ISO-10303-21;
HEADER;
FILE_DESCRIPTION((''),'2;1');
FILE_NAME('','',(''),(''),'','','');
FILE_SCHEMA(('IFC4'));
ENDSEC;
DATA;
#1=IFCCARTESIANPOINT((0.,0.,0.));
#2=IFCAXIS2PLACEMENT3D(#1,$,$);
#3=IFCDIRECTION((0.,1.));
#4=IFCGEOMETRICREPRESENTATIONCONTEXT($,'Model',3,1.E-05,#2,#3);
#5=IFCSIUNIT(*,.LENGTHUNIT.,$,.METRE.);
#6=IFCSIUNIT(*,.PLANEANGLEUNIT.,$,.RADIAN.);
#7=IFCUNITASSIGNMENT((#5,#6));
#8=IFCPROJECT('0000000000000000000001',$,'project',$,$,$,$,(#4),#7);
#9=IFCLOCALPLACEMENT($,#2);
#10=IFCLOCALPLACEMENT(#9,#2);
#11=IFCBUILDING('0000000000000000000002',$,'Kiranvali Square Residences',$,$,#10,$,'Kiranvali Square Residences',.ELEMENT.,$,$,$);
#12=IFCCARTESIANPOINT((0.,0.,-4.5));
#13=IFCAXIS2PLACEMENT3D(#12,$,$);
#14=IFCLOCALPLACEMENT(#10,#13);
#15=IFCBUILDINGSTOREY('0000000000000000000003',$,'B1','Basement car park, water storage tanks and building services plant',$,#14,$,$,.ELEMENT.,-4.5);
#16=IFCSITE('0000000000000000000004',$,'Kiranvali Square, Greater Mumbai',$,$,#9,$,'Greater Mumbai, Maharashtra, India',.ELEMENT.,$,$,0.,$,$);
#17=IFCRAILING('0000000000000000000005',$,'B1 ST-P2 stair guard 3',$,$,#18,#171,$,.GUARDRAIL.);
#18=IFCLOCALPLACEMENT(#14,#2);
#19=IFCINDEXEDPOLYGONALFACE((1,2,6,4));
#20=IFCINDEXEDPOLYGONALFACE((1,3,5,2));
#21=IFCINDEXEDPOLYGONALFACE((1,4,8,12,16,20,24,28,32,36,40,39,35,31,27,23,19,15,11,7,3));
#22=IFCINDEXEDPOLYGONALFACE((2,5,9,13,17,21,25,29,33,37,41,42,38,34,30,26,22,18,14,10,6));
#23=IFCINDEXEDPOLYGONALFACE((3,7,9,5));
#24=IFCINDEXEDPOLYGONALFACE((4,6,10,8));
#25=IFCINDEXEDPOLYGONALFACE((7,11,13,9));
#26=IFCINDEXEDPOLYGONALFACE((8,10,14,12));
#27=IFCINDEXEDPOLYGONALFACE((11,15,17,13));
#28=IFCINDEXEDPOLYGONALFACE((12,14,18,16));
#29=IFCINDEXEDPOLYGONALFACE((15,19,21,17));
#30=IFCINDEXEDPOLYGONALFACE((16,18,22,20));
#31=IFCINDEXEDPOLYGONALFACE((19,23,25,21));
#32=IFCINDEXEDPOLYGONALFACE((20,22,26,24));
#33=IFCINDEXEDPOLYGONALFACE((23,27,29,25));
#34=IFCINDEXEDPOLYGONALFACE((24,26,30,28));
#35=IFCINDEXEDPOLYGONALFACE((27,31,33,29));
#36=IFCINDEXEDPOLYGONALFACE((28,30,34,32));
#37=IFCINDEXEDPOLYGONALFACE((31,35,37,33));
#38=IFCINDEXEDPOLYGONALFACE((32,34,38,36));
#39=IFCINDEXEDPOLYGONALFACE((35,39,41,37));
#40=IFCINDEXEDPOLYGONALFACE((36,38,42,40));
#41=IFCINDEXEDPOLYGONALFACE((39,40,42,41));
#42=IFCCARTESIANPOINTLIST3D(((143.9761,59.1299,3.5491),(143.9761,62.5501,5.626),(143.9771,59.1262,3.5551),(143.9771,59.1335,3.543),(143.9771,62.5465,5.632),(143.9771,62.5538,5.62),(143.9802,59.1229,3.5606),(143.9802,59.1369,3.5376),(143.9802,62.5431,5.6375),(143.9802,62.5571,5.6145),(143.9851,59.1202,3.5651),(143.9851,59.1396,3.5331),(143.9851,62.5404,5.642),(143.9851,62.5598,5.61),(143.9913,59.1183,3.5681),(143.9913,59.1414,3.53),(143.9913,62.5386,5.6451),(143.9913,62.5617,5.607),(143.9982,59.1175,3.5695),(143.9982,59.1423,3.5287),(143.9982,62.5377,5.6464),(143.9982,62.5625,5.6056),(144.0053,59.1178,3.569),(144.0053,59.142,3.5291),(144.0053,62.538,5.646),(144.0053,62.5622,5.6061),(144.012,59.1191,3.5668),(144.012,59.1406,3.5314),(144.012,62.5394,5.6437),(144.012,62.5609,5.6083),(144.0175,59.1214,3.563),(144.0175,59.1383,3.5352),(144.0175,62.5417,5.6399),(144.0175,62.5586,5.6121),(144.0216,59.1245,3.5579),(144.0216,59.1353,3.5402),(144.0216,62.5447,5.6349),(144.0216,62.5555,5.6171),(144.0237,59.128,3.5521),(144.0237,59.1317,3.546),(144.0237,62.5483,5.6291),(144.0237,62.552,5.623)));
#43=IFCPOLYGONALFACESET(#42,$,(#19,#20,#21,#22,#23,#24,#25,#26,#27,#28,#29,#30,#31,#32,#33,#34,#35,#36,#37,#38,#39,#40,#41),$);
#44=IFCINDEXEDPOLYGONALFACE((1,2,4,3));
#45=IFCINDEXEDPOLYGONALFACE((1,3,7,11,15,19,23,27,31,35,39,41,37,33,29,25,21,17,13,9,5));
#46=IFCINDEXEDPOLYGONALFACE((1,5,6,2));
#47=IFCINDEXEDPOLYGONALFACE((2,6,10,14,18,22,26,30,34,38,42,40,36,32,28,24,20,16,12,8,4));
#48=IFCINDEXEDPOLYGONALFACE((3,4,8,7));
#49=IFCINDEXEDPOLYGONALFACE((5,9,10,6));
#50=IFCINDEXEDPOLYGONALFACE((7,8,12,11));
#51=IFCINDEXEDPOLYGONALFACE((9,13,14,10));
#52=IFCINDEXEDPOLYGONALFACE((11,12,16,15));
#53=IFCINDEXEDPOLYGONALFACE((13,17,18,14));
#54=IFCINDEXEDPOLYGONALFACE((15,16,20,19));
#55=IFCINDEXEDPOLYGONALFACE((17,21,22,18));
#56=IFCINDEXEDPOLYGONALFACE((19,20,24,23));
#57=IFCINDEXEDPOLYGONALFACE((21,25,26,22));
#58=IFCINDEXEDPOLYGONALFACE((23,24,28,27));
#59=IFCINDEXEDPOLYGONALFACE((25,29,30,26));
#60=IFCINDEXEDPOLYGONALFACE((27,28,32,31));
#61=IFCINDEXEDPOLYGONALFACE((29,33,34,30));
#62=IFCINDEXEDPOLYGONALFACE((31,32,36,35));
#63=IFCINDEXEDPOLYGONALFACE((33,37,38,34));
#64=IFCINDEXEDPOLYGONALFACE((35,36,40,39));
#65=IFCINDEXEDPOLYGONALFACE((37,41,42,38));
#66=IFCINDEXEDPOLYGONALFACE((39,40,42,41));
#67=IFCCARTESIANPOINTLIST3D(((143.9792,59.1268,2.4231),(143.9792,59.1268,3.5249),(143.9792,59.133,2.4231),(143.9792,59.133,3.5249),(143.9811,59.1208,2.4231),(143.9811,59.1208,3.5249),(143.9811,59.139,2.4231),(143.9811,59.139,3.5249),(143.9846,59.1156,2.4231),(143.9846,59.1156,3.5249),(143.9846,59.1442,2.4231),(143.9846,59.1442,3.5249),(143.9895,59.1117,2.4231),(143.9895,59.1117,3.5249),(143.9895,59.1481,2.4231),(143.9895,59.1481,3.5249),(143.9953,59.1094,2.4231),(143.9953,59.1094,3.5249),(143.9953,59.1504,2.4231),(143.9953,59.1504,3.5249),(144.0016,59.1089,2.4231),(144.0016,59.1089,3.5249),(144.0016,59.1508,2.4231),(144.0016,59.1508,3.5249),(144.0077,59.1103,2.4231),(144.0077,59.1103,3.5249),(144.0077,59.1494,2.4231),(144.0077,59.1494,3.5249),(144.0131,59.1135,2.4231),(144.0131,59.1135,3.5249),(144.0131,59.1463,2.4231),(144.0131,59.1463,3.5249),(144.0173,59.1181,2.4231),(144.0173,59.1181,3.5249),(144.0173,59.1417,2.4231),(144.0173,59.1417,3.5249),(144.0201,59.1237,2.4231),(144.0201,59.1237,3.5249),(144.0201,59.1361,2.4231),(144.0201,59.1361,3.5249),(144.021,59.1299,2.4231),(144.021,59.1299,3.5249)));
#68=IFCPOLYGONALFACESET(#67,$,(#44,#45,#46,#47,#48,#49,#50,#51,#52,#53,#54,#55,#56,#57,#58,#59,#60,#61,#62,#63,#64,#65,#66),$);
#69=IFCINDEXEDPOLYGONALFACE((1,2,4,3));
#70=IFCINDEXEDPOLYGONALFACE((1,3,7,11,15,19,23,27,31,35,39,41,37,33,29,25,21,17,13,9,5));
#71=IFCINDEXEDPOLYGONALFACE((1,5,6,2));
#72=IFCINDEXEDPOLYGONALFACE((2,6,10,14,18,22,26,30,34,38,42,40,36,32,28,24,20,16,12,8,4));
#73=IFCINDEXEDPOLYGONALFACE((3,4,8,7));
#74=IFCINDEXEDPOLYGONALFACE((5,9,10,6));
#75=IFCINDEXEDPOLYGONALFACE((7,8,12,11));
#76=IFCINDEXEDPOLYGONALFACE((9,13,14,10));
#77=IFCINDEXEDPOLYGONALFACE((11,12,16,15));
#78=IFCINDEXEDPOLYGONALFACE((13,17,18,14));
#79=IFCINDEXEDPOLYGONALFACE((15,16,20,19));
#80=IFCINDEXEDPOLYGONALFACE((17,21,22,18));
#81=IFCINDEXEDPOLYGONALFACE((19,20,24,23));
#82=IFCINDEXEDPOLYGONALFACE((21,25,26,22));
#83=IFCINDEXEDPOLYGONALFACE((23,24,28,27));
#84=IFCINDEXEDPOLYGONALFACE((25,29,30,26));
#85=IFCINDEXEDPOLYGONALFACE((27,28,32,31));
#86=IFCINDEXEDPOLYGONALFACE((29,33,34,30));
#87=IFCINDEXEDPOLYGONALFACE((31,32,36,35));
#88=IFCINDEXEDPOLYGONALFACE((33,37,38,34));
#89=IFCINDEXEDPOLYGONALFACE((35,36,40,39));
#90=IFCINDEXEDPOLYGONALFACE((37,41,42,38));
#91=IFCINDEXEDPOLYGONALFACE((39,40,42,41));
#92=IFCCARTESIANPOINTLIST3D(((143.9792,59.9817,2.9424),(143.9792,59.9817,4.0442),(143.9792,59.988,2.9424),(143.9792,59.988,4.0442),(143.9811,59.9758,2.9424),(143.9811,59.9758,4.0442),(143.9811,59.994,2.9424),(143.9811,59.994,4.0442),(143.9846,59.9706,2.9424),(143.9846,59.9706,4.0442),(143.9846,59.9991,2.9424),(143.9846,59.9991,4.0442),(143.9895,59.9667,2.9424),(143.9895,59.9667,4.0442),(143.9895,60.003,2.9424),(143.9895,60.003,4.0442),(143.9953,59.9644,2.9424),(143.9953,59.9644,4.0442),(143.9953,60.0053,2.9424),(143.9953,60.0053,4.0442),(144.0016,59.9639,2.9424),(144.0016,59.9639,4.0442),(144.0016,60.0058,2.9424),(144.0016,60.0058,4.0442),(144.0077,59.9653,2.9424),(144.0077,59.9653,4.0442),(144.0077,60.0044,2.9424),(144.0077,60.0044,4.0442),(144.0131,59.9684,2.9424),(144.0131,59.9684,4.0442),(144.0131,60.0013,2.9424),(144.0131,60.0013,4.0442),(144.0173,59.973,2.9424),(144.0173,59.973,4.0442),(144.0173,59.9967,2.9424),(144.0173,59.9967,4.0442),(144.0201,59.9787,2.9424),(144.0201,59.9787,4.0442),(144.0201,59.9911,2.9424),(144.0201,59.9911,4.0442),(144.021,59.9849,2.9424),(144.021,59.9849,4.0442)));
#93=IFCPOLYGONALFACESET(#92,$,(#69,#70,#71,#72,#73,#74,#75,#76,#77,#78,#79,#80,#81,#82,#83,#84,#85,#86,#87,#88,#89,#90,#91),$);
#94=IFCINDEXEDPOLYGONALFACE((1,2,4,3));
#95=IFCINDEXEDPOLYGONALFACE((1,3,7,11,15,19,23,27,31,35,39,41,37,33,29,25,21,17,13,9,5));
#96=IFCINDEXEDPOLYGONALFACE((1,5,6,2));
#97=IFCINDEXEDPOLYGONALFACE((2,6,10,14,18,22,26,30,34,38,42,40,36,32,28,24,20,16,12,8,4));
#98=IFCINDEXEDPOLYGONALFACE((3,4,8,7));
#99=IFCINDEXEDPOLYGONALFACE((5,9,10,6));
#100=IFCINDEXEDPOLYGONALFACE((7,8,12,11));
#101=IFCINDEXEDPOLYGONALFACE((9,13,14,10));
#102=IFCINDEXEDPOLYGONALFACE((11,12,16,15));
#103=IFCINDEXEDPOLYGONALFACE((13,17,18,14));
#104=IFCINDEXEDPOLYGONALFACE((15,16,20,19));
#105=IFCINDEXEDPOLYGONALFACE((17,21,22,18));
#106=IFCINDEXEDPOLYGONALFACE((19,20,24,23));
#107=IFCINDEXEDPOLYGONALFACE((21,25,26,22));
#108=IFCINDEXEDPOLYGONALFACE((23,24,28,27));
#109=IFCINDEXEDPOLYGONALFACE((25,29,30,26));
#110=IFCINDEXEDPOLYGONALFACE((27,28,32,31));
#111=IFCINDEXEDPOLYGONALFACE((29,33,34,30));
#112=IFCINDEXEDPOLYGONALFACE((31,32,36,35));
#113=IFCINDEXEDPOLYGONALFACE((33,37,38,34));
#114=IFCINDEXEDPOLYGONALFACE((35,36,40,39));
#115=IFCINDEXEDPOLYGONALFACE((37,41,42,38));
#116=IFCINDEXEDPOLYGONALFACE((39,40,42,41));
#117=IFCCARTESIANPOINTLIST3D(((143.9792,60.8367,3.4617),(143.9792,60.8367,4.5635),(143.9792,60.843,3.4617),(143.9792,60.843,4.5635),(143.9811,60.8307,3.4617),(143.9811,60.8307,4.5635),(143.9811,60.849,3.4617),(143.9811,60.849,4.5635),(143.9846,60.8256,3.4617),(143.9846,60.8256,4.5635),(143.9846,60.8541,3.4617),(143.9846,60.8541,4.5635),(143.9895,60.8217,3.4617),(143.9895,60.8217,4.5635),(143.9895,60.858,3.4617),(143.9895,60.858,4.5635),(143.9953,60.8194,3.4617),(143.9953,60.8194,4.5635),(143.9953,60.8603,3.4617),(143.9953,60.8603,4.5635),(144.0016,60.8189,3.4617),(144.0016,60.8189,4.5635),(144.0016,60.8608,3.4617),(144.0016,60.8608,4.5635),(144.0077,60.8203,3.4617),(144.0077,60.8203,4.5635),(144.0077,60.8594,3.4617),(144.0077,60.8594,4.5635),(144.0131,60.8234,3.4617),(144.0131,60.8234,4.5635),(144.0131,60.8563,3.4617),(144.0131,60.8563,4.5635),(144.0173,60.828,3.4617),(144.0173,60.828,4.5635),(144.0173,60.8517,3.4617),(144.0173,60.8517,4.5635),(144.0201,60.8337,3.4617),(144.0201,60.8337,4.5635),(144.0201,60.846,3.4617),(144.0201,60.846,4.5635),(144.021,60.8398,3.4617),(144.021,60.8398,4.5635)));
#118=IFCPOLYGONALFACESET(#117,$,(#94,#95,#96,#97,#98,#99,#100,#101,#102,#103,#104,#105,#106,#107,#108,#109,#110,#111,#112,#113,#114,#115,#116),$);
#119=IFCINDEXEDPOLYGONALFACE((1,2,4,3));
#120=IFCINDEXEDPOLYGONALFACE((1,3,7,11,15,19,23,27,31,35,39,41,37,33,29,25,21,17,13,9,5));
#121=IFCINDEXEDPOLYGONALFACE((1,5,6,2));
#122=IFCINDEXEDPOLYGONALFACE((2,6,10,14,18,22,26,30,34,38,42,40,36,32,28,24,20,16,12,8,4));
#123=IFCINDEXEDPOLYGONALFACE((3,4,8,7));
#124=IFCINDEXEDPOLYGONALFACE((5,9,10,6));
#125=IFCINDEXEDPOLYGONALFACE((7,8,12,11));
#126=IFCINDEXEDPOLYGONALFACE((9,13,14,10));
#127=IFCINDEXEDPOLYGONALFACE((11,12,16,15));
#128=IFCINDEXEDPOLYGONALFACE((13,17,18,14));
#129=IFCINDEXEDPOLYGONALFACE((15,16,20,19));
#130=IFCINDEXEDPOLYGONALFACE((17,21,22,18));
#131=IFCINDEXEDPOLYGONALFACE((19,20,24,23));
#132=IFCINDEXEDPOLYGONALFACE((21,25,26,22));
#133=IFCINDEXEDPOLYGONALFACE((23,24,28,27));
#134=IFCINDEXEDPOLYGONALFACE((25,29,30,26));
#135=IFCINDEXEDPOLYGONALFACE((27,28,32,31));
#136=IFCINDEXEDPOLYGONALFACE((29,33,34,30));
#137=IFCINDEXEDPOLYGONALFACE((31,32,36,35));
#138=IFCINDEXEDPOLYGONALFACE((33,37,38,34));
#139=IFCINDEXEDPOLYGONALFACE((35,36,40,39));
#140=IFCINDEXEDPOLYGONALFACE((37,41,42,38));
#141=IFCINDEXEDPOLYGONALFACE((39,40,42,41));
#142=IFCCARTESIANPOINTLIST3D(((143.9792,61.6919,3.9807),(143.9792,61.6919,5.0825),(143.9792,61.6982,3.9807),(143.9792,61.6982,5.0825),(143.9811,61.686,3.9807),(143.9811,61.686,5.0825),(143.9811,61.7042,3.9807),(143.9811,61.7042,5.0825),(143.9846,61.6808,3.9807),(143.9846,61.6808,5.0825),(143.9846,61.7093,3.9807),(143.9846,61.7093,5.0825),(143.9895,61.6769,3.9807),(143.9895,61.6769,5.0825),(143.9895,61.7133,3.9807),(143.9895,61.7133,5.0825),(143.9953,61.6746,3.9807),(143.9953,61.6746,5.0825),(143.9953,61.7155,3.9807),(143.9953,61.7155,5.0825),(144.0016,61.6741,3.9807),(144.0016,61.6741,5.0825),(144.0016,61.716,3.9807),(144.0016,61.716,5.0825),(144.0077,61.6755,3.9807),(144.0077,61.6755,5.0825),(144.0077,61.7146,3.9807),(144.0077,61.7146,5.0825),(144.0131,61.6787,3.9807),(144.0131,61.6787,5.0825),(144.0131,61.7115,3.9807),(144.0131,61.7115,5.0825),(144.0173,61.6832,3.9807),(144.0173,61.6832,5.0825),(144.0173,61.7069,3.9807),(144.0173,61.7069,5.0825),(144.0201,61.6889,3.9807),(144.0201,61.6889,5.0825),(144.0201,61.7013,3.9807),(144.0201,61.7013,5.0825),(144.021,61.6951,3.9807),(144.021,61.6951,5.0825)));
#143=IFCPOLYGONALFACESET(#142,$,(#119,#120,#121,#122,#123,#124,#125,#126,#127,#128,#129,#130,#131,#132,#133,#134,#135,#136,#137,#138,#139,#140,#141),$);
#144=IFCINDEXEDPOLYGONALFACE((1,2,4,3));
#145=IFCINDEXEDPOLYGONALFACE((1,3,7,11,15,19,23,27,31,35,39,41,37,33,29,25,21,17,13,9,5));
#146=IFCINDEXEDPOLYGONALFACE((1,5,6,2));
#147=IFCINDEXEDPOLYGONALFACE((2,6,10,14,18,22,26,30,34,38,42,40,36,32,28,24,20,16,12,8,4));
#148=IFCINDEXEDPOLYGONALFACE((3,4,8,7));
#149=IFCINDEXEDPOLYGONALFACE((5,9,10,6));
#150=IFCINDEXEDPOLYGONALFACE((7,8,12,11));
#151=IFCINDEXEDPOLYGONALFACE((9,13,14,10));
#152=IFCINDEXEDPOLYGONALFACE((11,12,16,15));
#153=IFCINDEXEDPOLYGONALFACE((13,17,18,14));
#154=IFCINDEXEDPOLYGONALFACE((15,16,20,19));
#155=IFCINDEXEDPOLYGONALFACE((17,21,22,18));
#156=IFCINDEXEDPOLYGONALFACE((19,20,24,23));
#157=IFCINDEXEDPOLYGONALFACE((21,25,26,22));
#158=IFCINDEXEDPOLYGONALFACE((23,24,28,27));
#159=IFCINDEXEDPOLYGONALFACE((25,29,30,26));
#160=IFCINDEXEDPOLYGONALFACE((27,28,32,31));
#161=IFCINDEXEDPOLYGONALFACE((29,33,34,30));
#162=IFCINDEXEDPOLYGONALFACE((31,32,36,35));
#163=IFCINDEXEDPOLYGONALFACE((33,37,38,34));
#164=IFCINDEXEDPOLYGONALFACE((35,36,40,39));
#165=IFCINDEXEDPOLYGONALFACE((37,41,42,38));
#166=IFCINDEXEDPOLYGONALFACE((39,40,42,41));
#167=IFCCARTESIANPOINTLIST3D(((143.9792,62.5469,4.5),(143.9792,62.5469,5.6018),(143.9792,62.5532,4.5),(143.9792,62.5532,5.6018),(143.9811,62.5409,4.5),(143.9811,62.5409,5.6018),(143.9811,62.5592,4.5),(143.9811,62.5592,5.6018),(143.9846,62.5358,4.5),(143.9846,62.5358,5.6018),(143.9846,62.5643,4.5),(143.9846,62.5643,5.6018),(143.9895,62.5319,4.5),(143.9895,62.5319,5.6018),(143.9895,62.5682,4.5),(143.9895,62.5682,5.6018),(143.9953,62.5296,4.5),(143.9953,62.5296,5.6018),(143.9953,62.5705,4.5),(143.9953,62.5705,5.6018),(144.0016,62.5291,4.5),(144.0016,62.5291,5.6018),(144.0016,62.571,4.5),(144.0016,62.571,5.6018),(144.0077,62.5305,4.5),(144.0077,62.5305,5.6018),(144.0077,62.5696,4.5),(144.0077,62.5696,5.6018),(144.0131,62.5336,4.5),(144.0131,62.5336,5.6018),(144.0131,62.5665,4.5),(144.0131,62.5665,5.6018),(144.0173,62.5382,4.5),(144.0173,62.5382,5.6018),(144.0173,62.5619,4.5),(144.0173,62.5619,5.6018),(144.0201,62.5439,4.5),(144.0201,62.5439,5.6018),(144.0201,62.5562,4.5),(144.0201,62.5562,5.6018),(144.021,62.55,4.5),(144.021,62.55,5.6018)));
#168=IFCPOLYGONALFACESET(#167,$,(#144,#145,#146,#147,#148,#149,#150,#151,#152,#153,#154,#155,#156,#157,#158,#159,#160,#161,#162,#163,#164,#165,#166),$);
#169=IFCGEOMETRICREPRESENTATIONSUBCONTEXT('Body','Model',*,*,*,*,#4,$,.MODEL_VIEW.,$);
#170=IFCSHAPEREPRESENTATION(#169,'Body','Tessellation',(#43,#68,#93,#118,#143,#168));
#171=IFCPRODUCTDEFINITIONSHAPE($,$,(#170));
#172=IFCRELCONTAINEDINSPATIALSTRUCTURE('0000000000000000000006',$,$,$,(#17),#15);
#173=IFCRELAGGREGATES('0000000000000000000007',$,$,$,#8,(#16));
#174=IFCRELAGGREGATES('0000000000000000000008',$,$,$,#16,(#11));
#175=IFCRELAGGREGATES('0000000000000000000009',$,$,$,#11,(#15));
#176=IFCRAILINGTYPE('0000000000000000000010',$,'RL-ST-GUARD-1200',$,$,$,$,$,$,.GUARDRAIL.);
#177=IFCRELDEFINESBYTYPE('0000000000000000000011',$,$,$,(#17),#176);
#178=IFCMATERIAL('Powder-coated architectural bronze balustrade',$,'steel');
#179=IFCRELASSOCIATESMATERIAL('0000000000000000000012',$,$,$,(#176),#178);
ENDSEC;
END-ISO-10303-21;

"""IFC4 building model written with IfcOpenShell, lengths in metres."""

from ifc_helpers import new_model, si_unit, direction, frame, origin, origin_2d, place, context, subcontext, project, spatial, circle, extrude, material, type_object, element, save


model = new_model("IFC4")

# Units and contexts
model_context = context("Model", 3, precision=1e-05, world=origin(), true_north=direction((0.0, 1.0)))
body_context = subcontext(model_context, "Body", "Model", "MODEL_VIEW")
ifc_project = project(units=[si_unit("LENGTHUNIT", "METRE"), si_unit("PLANEANGLEUNIT", "RADIAN")], contexts=[model_context])

# Site, building, storey
site_placement = place(None, origin())
site = spatial("IfcSite", under=ifc_project, at=site_placement, Name="Kiranvali Square, Greater Mumbai", LongName="Greater Mumbai, Maharashtra, India", CompositionType="ELEMENT", RefElevation=0.0)
building_placement = place(site_placement, origin())
building = spatial("IfcBuilding", under=site, at=building_placement, Name="Kiranvali Square Residences", LongName="Kiranvali Square Residences", CompositionType="ELEMENT")
storey_placement = place(building_placement, frame((0.0, 0.0, -4.5)))
storey = spatial("IfcBuildingStorey", under=building, at=storey_placement, Name="B1", Description="Basement car park, water storage tanks and building services plant", CompositionType="ELEMENT", Elevation=-4.5)

# Railing
ifc_material_1 = material(Name="Powder-coated architectural bronze balustrade", Category="steel")
railing_type_1 = type_object("IfcRailingType", Name="RL-ST-GUARD-1200", PredefinedType="GUARDRAIL", material=ifc_material_1)
railing_1_placement = place(storey_placement, frame((144.0, 59.1299, 2.4231)))
element("IfcRailing", 1, at=railing_1_placement, inside=storey, type_object=railing_type_1, Name="B1 ST-P2 stair guard 3", PredefinedType="GUARDRAIL", context=body_context, shape_type="SweptSolid", body=[
    extrude(circle(Radius=0.0239, at=origin_2d()), frame((0.0, 0.0, 1.126), z_axis=(0.0, 0.854746, 0.519047), x_axis=(-1.0, 0.0, 0.0)), (0.0, 0.0, 1.0), 4.0015),
    extrude(circle(Radius=0.021, at=origin_2d()), origin(), (0.0, 0.0, 1.0), 1.1018),
    extrude(circle(Radius=0.021, at=origin_2d()), frame((0.0, 0.855, 0.5193)), (0.0, 0.0, 1.0), 1.1018),
    extrude(circle(Radius=0.021, at=origin_2d()), frame((0.0, 1.71, 1.0386)), (0.0, 0.0, 1.0), 1.1018),
    extrude(circle(Radius=0.021, at=origin_2d()), frame((0.0, 2.5652, 1.5576)), (0.0, 0.0, 1.0), 1.1018),
    extrude(circle(Radius=0.021, at=origin_2d()), frame((0.0, 3.4202, 2.0769)), (0.0, 0.0, 1.0), 1.1018),
])

save(model, "model.ifc")
